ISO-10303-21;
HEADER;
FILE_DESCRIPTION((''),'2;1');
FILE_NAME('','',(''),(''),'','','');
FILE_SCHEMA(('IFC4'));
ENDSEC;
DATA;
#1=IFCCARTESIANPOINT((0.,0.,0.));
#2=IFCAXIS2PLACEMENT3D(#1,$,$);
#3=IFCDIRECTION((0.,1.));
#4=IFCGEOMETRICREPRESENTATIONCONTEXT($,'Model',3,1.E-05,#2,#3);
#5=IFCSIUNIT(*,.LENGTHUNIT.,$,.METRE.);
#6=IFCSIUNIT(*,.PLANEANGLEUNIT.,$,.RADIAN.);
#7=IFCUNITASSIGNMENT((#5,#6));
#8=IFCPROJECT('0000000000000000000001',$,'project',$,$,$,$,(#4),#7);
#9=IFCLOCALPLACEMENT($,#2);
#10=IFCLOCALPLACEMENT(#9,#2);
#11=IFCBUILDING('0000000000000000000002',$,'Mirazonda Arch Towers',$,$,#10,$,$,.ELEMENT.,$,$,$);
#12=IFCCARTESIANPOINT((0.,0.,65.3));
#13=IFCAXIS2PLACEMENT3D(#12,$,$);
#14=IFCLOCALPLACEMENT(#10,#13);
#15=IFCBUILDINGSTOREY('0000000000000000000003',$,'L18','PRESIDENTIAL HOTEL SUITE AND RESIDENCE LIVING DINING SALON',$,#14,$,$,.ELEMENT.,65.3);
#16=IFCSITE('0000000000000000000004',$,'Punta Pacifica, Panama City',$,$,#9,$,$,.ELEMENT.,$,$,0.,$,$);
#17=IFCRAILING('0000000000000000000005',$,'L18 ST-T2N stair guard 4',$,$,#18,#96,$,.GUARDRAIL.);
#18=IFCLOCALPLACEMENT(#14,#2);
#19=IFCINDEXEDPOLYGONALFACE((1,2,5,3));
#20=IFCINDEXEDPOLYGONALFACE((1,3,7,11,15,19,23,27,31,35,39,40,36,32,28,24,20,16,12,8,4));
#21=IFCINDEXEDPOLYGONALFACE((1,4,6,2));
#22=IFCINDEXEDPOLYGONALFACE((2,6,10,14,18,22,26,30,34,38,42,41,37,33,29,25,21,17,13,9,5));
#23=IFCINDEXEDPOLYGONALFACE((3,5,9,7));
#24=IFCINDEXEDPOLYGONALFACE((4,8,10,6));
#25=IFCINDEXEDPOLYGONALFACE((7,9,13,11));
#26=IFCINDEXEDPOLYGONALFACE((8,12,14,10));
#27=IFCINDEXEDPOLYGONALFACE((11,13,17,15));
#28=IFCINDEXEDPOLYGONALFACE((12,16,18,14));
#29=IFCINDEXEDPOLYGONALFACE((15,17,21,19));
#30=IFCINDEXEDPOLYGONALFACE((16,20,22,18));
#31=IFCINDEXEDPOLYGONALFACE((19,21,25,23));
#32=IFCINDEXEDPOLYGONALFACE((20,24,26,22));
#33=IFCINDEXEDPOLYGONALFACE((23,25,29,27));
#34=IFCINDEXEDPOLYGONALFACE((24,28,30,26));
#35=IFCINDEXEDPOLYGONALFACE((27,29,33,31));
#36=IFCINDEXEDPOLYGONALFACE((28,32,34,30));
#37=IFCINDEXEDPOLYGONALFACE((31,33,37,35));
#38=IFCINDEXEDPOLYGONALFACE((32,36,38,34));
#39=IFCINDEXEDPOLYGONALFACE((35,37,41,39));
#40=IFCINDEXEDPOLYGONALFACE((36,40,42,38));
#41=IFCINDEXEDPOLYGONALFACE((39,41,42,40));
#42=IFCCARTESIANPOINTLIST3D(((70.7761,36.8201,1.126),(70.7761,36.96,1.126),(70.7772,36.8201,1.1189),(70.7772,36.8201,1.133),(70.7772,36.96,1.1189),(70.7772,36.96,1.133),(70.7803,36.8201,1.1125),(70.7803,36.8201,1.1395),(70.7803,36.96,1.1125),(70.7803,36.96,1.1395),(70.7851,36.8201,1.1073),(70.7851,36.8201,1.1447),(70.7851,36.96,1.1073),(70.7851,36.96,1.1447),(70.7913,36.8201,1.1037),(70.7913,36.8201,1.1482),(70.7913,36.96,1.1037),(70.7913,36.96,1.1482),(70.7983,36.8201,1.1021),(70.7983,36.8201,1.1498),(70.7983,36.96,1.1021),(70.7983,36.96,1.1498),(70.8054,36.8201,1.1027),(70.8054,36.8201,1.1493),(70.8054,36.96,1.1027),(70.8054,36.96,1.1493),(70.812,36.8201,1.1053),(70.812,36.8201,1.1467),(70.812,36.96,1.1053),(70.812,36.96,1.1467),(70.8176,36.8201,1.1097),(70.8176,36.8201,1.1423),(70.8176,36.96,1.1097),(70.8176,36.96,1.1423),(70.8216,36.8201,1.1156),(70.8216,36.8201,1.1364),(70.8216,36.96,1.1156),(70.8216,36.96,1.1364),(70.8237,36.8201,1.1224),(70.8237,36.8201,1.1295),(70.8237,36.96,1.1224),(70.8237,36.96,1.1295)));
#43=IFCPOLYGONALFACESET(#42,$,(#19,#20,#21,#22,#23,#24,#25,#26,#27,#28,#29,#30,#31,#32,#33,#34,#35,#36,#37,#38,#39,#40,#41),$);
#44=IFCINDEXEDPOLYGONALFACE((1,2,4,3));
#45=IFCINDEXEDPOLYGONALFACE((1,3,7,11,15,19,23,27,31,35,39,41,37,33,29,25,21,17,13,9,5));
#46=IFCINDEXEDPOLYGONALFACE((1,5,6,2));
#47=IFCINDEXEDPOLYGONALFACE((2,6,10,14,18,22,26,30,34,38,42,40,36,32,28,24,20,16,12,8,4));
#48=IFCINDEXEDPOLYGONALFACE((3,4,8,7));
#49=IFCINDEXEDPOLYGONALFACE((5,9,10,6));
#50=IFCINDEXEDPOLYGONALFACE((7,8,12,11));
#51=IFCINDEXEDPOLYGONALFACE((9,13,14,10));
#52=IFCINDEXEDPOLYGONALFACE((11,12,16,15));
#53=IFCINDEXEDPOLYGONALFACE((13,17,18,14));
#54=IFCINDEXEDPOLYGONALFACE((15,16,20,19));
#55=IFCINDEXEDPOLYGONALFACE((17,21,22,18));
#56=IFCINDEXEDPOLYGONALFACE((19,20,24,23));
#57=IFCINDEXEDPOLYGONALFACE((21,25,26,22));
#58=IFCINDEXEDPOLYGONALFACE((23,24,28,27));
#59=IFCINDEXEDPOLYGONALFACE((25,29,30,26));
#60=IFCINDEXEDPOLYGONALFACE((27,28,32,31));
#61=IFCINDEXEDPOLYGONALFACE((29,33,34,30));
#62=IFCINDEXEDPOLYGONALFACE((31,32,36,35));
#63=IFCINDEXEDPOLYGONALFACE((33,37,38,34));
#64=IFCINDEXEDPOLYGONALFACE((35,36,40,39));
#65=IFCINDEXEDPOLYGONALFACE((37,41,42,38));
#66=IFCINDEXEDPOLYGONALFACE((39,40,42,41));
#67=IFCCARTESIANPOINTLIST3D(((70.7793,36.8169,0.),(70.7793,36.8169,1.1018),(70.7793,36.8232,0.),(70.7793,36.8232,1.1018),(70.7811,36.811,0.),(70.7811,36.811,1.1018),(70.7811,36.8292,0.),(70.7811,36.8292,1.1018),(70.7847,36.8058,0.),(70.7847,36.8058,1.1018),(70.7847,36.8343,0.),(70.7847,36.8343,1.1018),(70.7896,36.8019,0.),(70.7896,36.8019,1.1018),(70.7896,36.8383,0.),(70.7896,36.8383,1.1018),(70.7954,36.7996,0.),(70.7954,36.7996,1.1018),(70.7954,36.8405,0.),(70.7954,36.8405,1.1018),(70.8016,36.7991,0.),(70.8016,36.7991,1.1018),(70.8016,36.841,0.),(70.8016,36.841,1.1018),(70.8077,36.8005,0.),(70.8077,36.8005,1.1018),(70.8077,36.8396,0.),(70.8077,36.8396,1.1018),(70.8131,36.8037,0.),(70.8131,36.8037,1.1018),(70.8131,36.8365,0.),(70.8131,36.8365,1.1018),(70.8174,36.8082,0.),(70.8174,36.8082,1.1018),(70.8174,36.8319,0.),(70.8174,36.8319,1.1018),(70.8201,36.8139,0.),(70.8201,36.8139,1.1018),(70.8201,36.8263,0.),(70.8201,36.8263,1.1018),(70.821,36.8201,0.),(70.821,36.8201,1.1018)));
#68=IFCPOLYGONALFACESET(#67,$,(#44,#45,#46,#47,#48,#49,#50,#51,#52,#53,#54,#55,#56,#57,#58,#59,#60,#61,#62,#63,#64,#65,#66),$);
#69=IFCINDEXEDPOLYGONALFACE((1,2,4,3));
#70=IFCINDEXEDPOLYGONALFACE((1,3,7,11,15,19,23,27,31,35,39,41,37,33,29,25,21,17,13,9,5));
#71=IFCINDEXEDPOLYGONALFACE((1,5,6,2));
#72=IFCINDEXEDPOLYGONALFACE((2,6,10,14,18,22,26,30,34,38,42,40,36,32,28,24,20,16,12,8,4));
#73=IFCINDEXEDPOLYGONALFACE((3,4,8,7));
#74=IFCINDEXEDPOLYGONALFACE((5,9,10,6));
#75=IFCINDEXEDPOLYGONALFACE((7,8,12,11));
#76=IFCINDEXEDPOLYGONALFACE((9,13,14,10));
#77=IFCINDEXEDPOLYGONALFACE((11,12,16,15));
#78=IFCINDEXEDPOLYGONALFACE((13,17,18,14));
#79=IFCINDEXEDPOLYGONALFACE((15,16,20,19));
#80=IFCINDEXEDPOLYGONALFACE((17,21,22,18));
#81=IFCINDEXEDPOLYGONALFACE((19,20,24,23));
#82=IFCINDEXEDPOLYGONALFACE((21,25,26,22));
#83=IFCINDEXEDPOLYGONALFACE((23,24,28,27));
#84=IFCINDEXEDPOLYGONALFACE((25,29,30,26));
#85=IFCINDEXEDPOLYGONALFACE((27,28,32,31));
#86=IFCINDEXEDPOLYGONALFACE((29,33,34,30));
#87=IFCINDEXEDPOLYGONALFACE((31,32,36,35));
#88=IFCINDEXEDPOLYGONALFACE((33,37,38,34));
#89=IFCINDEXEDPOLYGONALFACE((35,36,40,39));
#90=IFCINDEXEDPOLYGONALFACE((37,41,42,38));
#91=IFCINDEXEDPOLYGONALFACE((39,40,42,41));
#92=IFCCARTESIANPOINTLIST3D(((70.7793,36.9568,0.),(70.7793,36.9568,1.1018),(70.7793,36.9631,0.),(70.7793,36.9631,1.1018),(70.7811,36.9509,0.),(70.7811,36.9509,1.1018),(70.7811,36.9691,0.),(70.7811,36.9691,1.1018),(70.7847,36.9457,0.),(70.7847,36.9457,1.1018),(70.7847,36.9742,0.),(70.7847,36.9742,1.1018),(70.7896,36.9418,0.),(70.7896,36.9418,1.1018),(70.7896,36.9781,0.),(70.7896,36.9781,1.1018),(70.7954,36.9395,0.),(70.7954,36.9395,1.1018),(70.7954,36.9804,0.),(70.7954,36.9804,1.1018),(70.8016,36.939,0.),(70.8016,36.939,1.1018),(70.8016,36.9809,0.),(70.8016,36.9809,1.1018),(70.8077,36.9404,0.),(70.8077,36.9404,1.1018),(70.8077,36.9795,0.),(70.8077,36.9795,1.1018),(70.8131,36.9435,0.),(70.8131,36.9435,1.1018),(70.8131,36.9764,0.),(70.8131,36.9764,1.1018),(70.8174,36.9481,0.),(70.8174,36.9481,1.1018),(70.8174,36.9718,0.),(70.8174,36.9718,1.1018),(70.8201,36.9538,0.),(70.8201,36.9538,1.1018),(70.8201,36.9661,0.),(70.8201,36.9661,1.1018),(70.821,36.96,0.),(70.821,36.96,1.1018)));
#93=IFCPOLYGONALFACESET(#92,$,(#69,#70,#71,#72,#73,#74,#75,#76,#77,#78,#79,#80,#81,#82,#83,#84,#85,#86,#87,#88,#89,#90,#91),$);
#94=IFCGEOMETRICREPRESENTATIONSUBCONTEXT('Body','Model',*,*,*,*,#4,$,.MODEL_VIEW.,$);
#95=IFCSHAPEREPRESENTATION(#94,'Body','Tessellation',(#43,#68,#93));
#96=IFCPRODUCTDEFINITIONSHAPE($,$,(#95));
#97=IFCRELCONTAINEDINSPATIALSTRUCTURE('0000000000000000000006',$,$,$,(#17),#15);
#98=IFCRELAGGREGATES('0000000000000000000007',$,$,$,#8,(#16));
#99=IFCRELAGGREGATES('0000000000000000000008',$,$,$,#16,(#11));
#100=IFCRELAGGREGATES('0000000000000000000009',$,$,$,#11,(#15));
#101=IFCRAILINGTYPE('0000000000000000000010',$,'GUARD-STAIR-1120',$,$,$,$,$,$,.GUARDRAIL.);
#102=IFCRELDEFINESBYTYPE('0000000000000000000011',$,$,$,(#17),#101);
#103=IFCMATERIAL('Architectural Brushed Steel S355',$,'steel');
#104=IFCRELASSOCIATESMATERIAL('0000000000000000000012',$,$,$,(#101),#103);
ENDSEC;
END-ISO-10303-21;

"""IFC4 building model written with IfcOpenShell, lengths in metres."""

from ifc_helpers import new_model, si_unit, direction, frame, origin, origin_2d, place, context, subcontext, project, spatial, circle, extrude, material, type_object, element, save


model = new_model("IFC4")

# Units and contexts
model_context = context("Model", 3, precision=1e-05, world=origin(), true_north=direction((0.0, 1.0)))
body_context = subcontext(model_context, "Body", "Model", "MODEL_VIEW")
ifc_project = project(units=[si_unit("LENGTHUNIT", "METRE"), si_unit("PLANEANGLEUNIT", "RADIAN")], contexts=[model_context])

# Site, building, storey
site_placement = place(None, origin())
site = spatial("IfcSite", under=ifc_project, at=site_placement, Name="Punta Pacifica, Panama City", CompositionType="ELEMENT", RefElevation=0.0)
building_placement = place(site_placement, origin())
building = spatial("IfcBuilding", under=site, at=building_placement, Name="Mirazonda Arch Towers", CompositionType="ELEMENT")
storey_placement = place(building_placement, frame((0.0, 0.0, 65.3)))
storey = spatial("IfcBuildingStorey", under=building, at=storey_placement, Name="L18", Description="PRESIDENTIAL HOTEL SUITE AND RESIDENCE LIVING DINING SALON", CompositionType="ELEMENT", Elevation=65.3)

# Railing
ifc_material_1 = material(Name="Architectural Brushed Steel S355", Category="steel")
railing_type = type_object("IfcRailingType", Name="GUARD-STAIR-1120", PredefinedType="GUARDRAIL", material=ifc_material_1)
railing_1_placement = place(storey_placement, frame((70.8, 36.8201, 0.0)))
element("IfcRailing", 1, at=railing_1_placement, inside=storey, type_object=railing_type, Name="L18 ST-T2N stair guard 4", PredefinedType="GUARDRAIL", context=body_context, shape_type="SweptSolid", body=[
    extrude(circle(Radius=0.0239, at=origin_2d()), frame((0.0, 0.0, 1.126), z_axis=(0.0, 1.0, 0.0), x_axis=(-1.0, 0.0, 0.0)), (0.0, 0.0, 1.0), 0.1399),
    extrude(circle(Radius=0.021, at=origin_2d()), origin(), (0.0, 0.0, 1.0), 1.1018),
    extrude(circle(Radius=0.021, at=origin_2d()), frame((0.0, 0.1399, 0.0)), (0.0, 0.0, 1.0), 1.1018),
])

save(model, "model.ifc")
